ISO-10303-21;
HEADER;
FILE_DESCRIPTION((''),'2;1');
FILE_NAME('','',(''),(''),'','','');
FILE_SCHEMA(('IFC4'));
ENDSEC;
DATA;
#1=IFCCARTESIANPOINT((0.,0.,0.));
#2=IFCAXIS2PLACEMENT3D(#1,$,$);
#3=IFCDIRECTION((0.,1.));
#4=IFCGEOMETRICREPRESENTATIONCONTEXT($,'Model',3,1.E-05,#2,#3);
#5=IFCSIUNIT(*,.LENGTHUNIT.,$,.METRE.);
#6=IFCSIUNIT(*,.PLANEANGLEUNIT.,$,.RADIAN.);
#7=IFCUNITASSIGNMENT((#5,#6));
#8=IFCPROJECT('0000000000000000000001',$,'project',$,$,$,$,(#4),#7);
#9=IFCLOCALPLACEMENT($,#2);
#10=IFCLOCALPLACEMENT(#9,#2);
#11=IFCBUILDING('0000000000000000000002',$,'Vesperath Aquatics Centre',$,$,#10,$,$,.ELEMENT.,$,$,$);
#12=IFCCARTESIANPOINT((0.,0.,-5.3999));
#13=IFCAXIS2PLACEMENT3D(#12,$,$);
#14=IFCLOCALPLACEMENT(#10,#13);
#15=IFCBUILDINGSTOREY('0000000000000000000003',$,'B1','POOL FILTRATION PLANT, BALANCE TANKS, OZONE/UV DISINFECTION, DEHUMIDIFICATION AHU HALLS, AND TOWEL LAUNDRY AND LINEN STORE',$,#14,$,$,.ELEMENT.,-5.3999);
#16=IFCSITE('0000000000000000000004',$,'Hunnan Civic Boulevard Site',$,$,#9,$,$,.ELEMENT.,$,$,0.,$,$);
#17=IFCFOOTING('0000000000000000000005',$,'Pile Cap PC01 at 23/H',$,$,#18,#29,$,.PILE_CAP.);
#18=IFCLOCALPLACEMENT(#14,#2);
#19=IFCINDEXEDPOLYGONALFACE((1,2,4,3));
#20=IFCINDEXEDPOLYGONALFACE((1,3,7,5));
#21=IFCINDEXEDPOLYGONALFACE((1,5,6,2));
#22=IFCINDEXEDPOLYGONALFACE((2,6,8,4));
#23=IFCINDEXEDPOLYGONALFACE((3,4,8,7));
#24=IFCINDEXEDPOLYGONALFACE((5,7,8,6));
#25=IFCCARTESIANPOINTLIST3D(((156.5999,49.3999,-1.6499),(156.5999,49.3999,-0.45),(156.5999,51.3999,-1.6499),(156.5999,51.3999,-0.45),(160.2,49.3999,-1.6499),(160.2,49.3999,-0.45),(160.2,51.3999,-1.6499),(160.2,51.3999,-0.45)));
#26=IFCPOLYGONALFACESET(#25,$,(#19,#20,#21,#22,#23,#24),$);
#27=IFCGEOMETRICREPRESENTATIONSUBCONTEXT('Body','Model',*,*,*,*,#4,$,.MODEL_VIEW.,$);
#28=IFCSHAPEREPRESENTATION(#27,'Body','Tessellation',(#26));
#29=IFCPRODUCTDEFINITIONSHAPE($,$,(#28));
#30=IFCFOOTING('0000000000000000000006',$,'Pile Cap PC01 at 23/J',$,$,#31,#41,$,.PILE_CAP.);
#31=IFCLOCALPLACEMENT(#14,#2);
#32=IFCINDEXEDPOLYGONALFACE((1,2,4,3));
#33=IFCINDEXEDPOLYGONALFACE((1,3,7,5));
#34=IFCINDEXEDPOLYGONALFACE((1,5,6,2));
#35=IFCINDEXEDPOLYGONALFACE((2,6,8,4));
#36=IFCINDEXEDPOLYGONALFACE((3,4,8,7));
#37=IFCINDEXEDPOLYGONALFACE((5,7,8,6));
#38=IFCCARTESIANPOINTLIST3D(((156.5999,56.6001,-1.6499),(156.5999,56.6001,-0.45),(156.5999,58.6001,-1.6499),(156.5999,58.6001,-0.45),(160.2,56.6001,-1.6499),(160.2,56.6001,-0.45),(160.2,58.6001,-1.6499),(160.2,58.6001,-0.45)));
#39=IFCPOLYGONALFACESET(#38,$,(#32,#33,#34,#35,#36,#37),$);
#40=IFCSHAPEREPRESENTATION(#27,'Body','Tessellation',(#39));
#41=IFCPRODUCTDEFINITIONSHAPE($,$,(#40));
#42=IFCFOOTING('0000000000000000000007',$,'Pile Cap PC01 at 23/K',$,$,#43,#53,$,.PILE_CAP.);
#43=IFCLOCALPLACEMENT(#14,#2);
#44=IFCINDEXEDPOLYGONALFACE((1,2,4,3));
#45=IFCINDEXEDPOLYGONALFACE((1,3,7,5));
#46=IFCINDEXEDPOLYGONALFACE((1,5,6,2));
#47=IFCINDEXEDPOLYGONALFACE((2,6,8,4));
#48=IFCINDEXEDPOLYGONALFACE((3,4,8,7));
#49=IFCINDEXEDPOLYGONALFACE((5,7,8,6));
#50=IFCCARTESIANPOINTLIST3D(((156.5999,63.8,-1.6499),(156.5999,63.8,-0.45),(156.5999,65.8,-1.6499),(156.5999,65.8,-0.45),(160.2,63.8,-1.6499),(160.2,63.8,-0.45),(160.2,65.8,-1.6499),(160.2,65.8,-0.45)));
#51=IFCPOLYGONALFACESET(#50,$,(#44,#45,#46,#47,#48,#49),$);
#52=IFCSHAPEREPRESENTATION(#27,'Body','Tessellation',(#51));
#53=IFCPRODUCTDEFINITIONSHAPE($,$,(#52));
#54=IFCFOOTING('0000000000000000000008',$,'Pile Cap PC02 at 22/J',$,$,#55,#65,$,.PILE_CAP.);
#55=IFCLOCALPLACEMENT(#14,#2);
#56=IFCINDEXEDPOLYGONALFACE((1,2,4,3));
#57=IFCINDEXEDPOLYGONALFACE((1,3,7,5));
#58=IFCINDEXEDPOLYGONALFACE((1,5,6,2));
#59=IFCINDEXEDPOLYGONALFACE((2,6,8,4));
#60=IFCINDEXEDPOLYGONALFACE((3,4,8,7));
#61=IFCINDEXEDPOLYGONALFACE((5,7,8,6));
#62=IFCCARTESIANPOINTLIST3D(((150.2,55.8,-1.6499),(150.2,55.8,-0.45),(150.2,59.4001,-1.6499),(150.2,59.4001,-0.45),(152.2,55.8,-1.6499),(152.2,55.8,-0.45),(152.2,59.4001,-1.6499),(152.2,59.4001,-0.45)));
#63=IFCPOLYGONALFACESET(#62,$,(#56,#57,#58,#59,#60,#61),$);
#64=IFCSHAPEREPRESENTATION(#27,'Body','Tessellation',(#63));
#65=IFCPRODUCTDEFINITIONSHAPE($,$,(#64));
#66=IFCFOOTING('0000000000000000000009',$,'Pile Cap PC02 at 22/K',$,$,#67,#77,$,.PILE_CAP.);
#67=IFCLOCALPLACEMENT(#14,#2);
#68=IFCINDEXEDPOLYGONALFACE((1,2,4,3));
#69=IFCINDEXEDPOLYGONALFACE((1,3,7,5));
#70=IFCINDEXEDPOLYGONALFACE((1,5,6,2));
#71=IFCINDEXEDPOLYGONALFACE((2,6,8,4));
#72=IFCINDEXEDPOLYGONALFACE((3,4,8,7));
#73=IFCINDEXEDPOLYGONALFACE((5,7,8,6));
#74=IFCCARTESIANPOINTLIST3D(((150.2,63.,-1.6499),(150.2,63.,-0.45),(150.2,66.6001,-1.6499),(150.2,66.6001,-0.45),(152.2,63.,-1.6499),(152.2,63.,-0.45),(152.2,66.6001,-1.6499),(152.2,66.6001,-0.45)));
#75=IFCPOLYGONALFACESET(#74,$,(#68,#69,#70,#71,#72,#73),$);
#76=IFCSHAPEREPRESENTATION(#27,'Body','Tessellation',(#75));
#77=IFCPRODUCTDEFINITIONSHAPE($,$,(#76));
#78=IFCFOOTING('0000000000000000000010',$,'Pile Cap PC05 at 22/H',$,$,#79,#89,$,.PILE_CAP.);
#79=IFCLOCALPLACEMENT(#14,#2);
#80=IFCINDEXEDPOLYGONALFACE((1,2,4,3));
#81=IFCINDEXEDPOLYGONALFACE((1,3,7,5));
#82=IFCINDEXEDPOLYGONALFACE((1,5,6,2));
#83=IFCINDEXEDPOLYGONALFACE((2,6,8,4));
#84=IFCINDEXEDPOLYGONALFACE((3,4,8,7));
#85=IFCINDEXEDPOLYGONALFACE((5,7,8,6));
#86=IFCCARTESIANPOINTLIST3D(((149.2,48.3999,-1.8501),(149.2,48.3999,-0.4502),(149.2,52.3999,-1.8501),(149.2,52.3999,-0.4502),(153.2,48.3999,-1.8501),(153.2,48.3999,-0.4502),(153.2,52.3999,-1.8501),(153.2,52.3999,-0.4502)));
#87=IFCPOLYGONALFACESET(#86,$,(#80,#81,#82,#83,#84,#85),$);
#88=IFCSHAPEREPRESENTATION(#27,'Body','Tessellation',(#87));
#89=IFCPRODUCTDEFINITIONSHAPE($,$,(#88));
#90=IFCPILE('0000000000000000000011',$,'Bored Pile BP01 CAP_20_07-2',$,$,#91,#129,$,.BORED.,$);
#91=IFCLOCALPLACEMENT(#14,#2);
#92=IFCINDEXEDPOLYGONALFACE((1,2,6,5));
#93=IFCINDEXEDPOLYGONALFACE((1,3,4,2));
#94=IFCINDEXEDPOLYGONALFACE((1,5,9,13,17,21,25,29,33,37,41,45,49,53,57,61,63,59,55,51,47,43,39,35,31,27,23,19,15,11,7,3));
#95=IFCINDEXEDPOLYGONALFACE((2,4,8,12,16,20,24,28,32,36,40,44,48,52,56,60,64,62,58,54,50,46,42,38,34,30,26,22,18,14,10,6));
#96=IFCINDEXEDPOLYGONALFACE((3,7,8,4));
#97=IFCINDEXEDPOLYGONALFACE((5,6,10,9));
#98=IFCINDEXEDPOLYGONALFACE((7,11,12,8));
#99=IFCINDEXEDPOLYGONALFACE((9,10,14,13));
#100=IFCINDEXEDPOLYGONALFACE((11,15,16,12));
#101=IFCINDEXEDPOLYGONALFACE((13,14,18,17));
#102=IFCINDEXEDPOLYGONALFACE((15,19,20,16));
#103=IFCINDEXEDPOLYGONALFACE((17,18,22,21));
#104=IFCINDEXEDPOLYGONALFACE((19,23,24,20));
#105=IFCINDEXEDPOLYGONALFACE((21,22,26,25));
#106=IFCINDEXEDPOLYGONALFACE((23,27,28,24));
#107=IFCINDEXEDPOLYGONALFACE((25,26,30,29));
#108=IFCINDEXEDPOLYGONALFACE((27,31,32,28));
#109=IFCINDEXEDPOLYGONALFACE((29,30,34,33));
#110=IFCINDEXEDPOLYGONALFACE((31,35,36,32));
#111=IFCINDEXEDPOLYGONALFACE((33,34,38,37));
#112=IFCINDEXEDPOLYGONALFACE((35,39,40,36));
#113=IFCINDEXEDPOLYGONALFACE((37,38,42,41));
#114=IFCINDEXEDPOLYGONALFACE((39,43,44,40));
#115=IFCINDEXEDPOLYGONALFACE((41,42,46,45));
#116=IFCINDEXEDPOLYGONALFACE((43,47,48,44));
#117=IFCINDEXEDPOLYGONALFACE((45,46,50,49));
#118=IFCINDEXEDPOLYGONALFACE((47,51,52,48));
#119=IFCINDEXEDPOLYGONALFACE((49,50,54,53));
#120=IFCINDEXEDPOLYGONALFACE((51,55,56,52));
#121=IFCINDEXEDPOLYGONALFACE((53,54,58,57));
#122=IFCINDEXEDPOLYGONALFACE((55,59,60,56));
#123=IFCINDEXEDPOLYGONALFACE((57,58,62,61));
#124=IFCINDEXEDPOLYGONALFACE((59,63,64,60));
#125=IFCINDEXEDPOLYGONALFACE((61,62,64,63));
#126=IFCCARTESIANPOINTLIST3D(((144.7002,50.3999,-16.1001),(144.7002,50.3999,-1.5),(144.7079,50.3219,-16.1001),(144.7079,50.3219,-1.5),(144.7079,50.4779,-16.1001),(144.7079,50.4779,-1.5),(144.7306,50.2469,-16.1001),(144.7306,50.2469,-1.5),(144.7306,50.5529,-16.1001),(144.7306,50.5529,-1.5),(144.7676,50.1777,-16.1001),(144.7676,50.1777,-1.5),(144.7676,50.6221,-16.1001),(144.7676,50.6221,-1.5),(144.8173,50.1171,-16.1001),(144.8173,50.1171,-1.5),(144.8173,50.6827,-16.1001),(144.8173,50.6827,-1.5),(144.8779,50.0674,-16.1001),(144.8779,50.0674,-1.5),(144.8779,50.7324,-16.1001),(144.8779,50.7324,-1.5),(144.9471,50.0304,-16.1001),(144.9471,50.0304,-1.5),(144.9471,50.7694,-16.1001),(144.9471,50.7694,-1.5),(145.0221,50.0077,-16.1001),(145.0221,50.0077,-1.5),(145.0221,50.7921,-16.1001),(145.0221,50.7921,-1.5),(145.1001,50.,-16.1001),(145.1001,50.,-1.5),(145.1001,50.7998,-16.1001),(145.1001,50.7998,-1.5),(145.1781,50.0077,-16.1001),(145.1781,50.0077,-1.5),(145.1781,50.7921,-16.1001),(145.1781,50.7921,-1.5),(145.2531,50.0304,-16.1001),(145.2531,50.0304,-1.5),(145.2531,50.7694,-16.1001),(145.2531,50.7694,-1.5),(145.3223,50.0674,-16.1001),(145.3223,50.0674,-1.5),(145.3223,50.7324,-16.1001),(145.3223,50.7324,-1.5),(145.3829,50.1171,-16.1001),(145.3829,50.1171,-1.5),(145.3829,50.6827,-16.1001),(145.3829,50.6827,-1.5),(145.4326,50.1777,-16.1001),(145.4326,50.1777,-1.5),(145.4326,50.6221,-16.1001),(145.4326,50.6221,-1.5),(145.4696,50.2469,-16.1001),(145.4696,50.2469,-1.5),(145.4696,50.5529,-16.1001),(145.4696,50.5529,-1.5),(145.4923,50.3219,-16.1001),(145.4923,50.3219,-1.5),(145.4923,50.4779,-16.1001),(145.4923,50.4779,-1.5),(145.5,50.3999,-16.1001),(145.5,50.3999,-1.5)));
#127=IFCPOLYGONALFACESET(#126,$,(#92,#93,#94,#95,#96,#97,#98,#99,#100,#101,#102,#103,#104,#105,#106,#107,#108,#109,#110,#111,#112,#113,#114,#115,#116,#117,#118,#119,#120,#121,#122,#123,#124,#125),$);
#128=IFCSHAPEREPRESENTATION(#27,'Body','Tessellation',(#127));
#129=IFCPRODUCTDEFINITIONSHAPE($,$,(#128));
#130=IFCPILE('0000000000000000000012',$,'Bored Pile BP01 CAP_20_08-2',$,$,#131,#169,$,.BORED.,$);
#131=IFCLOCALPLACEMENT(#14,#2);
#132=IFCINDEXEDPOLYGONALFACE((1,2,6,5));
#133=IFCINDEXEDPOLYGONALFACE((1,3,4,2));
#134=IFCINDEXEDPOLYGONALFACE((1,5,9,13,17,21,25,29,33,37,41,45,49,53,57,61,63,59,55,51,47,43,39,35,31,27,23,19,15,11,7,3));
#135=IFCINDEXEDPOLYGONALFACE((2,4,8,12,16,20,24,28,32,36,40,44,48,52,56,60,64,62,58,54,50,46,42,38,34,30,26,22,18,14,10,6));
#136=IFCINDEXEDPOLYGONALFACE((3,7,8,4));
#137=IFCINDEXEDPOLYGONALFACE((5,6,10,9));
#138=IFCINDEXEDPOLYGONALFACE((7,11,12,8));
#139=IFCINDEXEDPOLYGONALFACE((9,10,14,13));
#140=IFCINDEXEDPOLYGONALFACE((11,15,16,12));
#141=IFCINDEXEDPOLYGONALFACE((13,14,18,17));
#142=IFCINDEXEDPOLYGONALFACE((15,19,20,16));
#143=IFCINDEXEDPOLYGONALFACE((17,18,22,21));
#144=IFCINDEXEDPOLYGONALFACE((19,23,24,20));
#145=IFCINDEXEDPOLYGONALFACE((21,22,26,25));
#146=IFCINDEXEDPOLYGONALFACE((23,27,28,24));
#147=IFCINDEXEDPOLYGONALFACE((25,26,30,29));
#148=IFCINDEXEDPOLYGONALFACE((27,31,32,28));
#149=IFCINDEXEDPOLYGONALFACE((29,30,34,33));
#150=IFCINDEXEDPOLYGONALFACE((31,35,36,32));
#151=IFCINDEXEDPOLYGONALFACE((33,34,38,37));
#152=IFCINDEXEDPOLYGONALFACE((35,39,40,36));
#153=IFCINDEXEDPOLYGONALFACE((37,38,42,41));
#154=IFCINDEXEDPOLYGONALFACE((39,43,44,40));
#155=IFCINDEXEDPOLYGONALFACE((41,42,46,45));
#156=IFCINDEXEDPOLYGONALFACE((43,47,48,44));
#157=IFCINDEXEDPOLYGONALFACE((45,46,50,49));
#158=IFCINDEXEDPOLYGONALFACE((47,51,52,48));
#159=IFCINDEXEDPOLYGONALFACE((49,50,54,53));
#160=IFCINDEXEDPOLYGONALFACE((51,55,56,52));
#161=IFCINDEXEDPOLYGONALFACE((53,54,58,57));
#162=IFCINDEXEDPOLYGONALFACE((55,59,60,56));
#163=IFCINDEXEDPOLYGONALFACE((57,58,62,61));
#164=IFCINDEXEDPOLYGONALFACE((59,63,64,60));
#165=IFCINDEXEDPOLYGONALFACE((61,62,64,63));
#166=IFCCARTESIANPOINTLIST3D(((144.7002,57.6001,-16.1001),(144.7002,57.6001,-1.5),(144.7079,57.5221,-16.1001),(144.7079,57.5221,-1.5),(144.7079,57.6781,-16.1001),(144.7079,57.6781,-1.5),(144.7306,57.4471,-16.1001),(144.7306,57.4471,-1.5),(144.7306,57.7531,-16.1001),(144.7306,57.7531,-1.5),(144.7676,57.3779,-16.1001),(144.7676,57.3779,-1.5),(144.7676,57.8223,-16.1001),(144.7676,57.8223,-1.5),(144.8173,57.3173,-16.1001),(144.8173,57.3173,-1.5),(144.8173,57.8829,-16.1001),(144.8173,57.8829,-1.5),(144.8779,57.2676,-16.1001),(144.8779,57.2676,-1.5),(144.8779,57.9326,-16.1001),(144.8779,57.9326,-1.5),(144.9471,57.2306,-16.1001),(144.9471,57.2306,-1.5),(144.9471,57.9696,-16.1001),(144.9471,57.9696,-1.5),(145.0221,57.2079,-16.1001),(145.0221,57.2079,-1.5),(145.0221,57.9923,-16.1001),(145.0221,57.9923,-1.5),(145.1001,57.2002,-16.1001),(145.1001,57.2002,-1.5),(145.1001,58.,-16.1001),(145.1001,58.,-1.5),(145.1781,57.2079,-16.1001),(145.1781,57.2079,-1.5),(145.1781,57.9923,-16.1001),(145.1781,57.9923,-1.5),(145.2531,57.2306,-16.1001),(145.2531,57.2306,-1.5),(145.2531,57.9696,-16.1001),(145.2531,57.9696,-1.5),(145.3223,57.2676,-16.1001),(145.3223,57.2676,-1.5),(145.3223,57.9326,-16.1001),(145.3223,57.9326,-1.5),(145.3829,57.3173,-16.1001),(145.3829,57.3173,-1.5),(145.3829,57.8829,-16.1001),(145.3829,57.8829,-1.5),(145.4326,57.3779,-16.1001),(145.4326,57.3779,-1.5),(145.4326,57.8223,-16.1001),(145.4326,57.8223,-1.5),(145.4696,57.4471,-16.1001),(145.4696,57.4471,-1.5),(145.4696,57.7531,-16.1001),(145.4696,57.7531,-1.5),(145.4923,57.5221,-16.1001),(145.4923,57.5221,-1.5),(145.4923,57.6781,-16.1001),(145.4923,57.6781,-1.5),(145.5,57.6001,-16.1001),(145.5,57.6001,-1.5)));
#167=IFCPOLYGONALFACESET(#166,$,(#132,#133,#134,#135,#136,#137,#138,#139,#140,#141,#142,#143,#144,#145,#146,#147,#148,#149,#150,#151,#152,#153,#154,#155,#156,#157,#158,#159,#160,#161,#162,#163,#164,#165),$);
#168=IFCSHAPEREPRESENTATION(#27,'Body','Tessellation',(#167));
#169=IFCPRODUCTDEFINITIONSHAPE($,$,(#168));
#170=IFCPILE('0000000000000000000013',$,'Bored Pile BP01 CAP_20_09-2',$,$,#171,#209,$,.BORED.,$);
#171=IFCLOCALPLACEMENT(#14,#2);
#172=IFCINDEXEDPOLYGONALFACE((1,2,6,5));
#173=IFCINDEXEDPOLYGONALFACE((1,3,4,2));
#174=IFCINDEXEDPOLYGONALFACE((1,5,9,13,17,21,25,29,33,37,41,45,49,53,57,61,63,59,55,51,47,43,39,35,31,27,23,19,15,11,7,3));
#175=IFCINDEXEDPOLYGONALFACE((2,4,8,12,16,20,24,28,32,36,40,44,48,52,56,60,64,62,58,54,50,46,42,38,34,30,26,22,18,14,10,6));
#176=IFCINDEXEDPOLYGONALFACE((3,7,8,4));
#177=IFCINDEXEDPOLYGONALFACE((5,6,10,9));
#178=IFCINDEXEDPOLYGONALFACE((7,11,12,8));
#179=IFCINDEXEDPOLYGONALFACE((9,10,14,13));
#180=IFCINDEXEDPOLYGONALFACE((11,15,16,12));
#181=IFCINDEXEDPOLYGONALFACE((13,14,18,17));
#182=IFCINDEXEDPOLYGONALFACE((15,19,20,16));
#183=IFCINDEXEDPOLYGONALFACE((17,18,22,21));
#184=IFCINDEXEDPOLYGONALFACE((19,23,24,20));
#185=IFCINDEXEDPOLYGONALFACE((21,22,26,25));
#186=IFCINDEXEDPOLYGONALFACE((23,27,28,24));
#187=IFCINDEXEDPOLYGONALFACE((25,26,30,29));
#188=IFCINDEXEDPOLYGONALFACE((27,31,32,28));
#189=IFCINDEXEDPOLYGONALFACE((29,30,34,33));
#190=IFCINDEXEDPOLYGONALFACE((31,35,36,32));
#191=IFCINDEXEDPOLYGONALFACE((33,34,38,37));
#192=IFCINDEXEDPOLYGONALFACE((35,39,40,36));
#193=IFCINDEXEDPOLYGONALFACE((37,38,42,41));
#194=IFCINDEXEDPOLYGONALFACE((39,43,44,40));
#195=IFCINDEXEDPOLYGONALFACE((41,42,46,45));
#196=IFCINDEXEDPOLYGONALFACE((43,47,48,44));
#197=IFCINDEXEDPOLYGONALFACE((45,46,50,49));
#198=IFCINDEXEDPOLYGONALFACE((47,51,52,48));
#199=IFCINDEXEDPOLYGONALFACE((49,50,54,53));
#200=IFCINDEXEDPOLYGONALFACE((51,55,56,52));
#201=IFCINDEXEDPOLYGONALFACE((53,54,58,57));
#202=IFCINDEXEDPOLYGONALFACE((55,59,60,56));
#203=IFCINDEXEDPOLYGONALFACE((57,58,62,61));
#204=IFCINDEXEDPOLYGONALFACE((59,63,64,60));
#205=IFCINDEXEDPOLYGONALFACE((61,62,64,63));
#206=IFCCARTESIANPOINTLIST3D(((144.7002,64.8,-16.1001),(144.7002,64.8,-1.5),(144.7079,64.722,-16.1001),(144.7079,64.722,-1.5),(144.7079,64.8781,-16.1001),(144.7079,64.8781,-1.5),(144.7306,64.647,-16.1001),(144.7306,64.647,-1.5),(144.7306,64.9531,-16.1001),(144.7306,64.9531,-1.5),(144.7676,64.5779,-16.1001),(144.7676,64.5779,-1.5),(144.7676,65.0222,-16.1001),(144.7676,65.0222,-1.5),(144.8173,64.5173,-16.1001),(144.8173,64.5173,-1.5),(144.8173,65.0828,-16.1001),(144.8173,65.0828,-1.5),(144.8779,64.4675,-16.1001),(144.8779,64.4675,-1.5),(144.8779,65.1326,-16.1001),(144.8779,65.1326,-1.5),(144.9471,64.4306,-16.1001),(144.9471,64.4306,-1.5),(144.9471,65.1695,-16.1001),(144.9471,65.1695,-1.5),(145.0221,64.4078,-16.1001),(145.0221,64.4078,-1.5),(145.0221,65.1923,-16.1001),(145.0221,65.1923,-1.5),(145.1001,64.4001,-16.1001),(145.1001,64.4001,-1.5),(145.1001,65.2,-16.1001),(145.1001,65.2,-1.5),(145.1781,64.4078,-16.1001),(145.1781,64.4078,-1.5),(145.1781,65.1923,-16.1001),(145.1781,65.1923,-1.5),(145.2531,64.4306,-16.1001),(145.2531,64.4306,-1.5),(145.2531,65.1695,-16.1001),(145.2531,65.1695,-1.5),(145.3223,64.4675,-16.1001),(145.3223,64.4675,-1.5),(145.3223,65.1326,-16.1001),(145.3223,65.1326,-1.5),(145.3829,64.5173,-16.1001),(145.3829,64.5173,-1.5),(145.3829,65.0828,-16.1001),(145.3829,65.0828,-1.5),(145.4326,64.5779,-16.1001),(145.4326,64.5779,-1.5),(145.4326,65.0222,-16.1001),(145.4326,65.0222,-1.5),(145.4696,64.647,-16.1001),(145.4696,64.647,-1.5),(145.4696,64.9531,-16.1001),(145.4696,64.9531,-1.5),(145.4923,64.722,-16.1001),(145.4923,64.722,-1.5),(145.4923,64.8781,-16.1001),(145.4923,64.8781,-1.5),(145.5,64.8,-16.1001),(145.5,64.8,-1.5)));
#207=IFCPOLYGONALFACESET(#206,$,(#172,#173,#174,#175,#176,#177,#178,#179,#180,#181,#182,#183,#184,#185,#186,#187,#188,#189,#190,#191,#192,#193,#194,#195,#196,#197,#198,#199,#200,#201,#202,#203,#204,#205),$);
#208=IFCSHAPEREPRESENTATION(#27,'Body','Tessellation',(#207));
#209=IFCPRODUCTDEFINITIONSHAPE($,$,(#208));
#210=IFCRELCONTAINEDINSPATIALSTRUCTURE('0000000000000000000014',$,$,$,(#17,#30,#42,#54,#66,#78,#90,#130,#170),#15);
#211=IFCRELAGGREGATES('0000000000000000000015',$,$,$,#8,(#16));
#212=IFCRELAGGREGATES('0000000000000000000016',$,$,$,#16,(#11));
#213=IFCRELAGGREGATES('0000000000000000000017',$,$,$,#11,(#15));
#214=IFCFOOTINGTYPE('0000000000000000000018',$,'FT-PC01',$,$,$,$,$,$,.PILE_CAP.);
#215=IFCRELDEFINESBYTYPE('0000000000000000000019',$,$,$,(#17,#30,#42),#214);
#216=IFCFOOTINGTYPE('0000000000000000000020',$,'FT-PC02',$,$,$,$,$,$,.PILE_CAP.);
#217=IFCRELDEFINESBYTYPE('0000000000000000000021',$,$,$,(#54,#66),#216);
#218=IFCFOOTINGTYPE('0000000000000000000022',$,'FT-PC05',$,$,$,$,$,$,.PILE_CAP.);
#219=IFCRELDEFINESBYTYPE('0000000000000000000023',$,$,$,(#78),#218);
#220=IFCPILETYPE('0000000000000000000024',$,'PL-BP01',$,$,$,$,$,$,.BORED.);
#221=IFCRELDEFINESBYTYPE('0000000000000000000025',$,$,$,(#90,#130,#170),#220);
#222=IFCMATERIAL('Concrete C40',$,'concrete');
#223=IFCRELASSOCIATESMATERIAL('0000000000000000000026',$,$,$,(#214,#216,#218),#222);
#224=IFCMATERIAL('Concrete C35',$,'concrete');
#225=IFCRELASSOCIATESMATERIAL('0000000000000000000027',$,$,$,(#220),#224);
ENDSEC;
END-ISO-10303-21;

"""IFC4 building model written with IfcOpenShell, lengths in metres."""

from ifc_helpers import new_model, si_unit, direction, frame, origin, origin_2d, place, context, subcontext, project, spatial, rectangle, circle, extrude, material, material_profile, profile_set, type_object, element, save


model = new_model("IFC4")

# Units and contexts
model_context = context("Model", 3, precision=1e-05, world=origin(), true_north=direction((0.0, 1.0)))
body_context = subcontext(model_context, "Body", "Model", "MODEL_VIEW")
ifc_project = project(units=[si_unit("LENGTHUNIT", "METRE"), si_unit("PLANEANGLEUNIT", "RADIAN")], contexts=[model_context])

# Site, building, storey
site_placement = place(None, origin())
site = spatial("IfcSite", under=ifc_project, at=site_placement, Name="Hunnan Civic Boulevard Site", CompositionType="ELEMENT", RefElevation=0.0)
building_placement = place(site_placement, origin())
building = spatial("IfcBuilding", under=site, at=building_placement, Name="Vesperath Aquatics Centre", CompositionType="ELEMENT")
storey_placement = place(building_placement, frame((0.0, 0.0, -5.3999)))
storey = spatial("IfcBuildingStorey", under=building, at=storey_placement, Name="B1", Description="POOL FILTRATION PLANT, BALANCE TANKS, OZONE/UV DISINFECTION, DEHUMIDIFICATION AHU HALLS, AND TOWEL LAUNDRY AND LINEN STORE", CompositionType="ELEMENT", Elevation=-5.3999)

# Footings
ifc_material_1 = material(Name="Concrete C40", Category="concrete")
footing_type_1 = type_object("IfcFootingType", Name="FT-PC01", PredefinedType="PILE_CAP", material=ifc_material_1)
for number, where, z_axis, x_axis, name in (
    (1, (158.3999, 50.3999, -1.6499), (0.0, 0.0, 1.0), (1.0, 0.0, 0.0), "Pile Cap PC01 at 23/H"),
    (2, (158.3999, 57.6001, -1.6499), (0.0, 0.0, 1.0), (1.0, 0.0, 0.0), "Pile Cap PC01 at 23/J"),
    (3, (158.3999, 64.8, -1.6499), (0.0, 0.0, 1.0), (1.0, 0.0, 0.0), "Pile Cap PC01 at 23/K"),
):
    element("IfcFooting", number, at=place(storey_placement, frame(where, z_axis=z_axis, x_axis=x_axis)), inside=storey, type_object=footing_type_1, Name=name, PredefinedType="PILE_CAP", context=body_context, shape_type="SweptSolid", body=[
        extrude(rectangle(XDim=3.6001, YDim=2.0, at=origin_2d()), origin(), (0.0, 0.0, 1.0), 1.2),
    ])
footing_type_2 = type_object("IfcFootingType", Name="FT-PC02", PredefinedType="PILE_CAP", material=ifc_material_1)
for number, where, z_axis, x_axis, name in (
    (4, (151.2, 57.6001, -1.6499), (0.0, 0.0, 1.0), (1.0, 0.0, 0.0), "Pile Cap PC02 at 22/J"),
    (5, (151.2, 64.8, -1.6499), (0.0, 0.0, 1.0), (1.0, 0.0, 0.0), "Pile Cap PC02 at 22/K"),
):
    element("IfcFooting", number, at=place(storey_placement, frame(where, z_axis=z_axis, x_axis=x_axis)), inside=storey, type_object=footing_type_2, Name=name, PredefinedType="PILE_CAP", context=body_context, shape_type="SweptSolid", body=[
        extrude(rectangle(XDim=2.0, YDim=3.6001, at=origin_2d()), origin(), (0.0, 0.0, 1.0), 1.2),
    ])
footing_type_3 = type_object("IfcFootingType", Name="FT-PC05", PredefinedType="PILE_CAP", material=ifc_material_1)
footing_placement = place(storey_placement, frame((151.2, 50.3999, -1.8501), z_axis=(0.0, 0.0, 1.0), x_axis=(1.0, 0.0, 0.0)))
element("IfcFooting", 6, at=footing_placement, inside=storey, type_object=footing_type_3, Name="Pile Cap PC05 at 22/H", PredefinedType="PILE_CAP", context=body_context, shape_type="SweptSolid", body=[
    extrude(rectangle(XDim=4.0, YDim=4.0, at=origin_2d()), origin(), (0.0, 0.0, 1.0), 1.3999),
])

# Piles
ifc_material_2 = material(Name="Concrete C35", Category="concrete")
ifc_material_profile_1 = material_profile(ifc_material_2, circle(Radius=0.3999, at=origin_2d()), Name="PILE D800")
ifc_profile_set_1 = profile_set([ifc_material_profile_1], Name="Concrete C35")
pile_type = type_object("IfcPileType", Name="PL-BP01", PredefinedType="BORED", material=ifc_profile_set_1)
for number, where, z_axis, x_axis, name in (
    (7, (145.1001, 50.3999, -1.5), (0.0, 0.0, -1.0), (1.0, 0.0, 0.0), "Bored Pile BP01 CAP_20_07-2"),
    (8, (145.1001, 57.6001, -1.5), (0.0, 0.0, -1.0), (1.0, 0.0, 0.0), "Bored Pile BP01 CAP_20_08-2"),
    (9, (145.1001, 64.8, -1.5), (0.0, 0.0, -1.0), (1.0, 0.0, 0.0), "Bored Pile BP01 CAP_20_09-2"),
):
    element("IfcPile", number, at=place(storey_placement, frame(where, z_axis=z_axis, x_axis=x_axis)), inside=storey, type_object=pile_type, Name=name, PredefinedType="BORED", context=body_context, shape_type="SweptSolid", body=[
        extrude(circle(Radius=0.3999, at=origin_2d()), origin(), (0.0, 0.0, 1.0), 14.6001),
    ])

save(model, "model.ifc")
